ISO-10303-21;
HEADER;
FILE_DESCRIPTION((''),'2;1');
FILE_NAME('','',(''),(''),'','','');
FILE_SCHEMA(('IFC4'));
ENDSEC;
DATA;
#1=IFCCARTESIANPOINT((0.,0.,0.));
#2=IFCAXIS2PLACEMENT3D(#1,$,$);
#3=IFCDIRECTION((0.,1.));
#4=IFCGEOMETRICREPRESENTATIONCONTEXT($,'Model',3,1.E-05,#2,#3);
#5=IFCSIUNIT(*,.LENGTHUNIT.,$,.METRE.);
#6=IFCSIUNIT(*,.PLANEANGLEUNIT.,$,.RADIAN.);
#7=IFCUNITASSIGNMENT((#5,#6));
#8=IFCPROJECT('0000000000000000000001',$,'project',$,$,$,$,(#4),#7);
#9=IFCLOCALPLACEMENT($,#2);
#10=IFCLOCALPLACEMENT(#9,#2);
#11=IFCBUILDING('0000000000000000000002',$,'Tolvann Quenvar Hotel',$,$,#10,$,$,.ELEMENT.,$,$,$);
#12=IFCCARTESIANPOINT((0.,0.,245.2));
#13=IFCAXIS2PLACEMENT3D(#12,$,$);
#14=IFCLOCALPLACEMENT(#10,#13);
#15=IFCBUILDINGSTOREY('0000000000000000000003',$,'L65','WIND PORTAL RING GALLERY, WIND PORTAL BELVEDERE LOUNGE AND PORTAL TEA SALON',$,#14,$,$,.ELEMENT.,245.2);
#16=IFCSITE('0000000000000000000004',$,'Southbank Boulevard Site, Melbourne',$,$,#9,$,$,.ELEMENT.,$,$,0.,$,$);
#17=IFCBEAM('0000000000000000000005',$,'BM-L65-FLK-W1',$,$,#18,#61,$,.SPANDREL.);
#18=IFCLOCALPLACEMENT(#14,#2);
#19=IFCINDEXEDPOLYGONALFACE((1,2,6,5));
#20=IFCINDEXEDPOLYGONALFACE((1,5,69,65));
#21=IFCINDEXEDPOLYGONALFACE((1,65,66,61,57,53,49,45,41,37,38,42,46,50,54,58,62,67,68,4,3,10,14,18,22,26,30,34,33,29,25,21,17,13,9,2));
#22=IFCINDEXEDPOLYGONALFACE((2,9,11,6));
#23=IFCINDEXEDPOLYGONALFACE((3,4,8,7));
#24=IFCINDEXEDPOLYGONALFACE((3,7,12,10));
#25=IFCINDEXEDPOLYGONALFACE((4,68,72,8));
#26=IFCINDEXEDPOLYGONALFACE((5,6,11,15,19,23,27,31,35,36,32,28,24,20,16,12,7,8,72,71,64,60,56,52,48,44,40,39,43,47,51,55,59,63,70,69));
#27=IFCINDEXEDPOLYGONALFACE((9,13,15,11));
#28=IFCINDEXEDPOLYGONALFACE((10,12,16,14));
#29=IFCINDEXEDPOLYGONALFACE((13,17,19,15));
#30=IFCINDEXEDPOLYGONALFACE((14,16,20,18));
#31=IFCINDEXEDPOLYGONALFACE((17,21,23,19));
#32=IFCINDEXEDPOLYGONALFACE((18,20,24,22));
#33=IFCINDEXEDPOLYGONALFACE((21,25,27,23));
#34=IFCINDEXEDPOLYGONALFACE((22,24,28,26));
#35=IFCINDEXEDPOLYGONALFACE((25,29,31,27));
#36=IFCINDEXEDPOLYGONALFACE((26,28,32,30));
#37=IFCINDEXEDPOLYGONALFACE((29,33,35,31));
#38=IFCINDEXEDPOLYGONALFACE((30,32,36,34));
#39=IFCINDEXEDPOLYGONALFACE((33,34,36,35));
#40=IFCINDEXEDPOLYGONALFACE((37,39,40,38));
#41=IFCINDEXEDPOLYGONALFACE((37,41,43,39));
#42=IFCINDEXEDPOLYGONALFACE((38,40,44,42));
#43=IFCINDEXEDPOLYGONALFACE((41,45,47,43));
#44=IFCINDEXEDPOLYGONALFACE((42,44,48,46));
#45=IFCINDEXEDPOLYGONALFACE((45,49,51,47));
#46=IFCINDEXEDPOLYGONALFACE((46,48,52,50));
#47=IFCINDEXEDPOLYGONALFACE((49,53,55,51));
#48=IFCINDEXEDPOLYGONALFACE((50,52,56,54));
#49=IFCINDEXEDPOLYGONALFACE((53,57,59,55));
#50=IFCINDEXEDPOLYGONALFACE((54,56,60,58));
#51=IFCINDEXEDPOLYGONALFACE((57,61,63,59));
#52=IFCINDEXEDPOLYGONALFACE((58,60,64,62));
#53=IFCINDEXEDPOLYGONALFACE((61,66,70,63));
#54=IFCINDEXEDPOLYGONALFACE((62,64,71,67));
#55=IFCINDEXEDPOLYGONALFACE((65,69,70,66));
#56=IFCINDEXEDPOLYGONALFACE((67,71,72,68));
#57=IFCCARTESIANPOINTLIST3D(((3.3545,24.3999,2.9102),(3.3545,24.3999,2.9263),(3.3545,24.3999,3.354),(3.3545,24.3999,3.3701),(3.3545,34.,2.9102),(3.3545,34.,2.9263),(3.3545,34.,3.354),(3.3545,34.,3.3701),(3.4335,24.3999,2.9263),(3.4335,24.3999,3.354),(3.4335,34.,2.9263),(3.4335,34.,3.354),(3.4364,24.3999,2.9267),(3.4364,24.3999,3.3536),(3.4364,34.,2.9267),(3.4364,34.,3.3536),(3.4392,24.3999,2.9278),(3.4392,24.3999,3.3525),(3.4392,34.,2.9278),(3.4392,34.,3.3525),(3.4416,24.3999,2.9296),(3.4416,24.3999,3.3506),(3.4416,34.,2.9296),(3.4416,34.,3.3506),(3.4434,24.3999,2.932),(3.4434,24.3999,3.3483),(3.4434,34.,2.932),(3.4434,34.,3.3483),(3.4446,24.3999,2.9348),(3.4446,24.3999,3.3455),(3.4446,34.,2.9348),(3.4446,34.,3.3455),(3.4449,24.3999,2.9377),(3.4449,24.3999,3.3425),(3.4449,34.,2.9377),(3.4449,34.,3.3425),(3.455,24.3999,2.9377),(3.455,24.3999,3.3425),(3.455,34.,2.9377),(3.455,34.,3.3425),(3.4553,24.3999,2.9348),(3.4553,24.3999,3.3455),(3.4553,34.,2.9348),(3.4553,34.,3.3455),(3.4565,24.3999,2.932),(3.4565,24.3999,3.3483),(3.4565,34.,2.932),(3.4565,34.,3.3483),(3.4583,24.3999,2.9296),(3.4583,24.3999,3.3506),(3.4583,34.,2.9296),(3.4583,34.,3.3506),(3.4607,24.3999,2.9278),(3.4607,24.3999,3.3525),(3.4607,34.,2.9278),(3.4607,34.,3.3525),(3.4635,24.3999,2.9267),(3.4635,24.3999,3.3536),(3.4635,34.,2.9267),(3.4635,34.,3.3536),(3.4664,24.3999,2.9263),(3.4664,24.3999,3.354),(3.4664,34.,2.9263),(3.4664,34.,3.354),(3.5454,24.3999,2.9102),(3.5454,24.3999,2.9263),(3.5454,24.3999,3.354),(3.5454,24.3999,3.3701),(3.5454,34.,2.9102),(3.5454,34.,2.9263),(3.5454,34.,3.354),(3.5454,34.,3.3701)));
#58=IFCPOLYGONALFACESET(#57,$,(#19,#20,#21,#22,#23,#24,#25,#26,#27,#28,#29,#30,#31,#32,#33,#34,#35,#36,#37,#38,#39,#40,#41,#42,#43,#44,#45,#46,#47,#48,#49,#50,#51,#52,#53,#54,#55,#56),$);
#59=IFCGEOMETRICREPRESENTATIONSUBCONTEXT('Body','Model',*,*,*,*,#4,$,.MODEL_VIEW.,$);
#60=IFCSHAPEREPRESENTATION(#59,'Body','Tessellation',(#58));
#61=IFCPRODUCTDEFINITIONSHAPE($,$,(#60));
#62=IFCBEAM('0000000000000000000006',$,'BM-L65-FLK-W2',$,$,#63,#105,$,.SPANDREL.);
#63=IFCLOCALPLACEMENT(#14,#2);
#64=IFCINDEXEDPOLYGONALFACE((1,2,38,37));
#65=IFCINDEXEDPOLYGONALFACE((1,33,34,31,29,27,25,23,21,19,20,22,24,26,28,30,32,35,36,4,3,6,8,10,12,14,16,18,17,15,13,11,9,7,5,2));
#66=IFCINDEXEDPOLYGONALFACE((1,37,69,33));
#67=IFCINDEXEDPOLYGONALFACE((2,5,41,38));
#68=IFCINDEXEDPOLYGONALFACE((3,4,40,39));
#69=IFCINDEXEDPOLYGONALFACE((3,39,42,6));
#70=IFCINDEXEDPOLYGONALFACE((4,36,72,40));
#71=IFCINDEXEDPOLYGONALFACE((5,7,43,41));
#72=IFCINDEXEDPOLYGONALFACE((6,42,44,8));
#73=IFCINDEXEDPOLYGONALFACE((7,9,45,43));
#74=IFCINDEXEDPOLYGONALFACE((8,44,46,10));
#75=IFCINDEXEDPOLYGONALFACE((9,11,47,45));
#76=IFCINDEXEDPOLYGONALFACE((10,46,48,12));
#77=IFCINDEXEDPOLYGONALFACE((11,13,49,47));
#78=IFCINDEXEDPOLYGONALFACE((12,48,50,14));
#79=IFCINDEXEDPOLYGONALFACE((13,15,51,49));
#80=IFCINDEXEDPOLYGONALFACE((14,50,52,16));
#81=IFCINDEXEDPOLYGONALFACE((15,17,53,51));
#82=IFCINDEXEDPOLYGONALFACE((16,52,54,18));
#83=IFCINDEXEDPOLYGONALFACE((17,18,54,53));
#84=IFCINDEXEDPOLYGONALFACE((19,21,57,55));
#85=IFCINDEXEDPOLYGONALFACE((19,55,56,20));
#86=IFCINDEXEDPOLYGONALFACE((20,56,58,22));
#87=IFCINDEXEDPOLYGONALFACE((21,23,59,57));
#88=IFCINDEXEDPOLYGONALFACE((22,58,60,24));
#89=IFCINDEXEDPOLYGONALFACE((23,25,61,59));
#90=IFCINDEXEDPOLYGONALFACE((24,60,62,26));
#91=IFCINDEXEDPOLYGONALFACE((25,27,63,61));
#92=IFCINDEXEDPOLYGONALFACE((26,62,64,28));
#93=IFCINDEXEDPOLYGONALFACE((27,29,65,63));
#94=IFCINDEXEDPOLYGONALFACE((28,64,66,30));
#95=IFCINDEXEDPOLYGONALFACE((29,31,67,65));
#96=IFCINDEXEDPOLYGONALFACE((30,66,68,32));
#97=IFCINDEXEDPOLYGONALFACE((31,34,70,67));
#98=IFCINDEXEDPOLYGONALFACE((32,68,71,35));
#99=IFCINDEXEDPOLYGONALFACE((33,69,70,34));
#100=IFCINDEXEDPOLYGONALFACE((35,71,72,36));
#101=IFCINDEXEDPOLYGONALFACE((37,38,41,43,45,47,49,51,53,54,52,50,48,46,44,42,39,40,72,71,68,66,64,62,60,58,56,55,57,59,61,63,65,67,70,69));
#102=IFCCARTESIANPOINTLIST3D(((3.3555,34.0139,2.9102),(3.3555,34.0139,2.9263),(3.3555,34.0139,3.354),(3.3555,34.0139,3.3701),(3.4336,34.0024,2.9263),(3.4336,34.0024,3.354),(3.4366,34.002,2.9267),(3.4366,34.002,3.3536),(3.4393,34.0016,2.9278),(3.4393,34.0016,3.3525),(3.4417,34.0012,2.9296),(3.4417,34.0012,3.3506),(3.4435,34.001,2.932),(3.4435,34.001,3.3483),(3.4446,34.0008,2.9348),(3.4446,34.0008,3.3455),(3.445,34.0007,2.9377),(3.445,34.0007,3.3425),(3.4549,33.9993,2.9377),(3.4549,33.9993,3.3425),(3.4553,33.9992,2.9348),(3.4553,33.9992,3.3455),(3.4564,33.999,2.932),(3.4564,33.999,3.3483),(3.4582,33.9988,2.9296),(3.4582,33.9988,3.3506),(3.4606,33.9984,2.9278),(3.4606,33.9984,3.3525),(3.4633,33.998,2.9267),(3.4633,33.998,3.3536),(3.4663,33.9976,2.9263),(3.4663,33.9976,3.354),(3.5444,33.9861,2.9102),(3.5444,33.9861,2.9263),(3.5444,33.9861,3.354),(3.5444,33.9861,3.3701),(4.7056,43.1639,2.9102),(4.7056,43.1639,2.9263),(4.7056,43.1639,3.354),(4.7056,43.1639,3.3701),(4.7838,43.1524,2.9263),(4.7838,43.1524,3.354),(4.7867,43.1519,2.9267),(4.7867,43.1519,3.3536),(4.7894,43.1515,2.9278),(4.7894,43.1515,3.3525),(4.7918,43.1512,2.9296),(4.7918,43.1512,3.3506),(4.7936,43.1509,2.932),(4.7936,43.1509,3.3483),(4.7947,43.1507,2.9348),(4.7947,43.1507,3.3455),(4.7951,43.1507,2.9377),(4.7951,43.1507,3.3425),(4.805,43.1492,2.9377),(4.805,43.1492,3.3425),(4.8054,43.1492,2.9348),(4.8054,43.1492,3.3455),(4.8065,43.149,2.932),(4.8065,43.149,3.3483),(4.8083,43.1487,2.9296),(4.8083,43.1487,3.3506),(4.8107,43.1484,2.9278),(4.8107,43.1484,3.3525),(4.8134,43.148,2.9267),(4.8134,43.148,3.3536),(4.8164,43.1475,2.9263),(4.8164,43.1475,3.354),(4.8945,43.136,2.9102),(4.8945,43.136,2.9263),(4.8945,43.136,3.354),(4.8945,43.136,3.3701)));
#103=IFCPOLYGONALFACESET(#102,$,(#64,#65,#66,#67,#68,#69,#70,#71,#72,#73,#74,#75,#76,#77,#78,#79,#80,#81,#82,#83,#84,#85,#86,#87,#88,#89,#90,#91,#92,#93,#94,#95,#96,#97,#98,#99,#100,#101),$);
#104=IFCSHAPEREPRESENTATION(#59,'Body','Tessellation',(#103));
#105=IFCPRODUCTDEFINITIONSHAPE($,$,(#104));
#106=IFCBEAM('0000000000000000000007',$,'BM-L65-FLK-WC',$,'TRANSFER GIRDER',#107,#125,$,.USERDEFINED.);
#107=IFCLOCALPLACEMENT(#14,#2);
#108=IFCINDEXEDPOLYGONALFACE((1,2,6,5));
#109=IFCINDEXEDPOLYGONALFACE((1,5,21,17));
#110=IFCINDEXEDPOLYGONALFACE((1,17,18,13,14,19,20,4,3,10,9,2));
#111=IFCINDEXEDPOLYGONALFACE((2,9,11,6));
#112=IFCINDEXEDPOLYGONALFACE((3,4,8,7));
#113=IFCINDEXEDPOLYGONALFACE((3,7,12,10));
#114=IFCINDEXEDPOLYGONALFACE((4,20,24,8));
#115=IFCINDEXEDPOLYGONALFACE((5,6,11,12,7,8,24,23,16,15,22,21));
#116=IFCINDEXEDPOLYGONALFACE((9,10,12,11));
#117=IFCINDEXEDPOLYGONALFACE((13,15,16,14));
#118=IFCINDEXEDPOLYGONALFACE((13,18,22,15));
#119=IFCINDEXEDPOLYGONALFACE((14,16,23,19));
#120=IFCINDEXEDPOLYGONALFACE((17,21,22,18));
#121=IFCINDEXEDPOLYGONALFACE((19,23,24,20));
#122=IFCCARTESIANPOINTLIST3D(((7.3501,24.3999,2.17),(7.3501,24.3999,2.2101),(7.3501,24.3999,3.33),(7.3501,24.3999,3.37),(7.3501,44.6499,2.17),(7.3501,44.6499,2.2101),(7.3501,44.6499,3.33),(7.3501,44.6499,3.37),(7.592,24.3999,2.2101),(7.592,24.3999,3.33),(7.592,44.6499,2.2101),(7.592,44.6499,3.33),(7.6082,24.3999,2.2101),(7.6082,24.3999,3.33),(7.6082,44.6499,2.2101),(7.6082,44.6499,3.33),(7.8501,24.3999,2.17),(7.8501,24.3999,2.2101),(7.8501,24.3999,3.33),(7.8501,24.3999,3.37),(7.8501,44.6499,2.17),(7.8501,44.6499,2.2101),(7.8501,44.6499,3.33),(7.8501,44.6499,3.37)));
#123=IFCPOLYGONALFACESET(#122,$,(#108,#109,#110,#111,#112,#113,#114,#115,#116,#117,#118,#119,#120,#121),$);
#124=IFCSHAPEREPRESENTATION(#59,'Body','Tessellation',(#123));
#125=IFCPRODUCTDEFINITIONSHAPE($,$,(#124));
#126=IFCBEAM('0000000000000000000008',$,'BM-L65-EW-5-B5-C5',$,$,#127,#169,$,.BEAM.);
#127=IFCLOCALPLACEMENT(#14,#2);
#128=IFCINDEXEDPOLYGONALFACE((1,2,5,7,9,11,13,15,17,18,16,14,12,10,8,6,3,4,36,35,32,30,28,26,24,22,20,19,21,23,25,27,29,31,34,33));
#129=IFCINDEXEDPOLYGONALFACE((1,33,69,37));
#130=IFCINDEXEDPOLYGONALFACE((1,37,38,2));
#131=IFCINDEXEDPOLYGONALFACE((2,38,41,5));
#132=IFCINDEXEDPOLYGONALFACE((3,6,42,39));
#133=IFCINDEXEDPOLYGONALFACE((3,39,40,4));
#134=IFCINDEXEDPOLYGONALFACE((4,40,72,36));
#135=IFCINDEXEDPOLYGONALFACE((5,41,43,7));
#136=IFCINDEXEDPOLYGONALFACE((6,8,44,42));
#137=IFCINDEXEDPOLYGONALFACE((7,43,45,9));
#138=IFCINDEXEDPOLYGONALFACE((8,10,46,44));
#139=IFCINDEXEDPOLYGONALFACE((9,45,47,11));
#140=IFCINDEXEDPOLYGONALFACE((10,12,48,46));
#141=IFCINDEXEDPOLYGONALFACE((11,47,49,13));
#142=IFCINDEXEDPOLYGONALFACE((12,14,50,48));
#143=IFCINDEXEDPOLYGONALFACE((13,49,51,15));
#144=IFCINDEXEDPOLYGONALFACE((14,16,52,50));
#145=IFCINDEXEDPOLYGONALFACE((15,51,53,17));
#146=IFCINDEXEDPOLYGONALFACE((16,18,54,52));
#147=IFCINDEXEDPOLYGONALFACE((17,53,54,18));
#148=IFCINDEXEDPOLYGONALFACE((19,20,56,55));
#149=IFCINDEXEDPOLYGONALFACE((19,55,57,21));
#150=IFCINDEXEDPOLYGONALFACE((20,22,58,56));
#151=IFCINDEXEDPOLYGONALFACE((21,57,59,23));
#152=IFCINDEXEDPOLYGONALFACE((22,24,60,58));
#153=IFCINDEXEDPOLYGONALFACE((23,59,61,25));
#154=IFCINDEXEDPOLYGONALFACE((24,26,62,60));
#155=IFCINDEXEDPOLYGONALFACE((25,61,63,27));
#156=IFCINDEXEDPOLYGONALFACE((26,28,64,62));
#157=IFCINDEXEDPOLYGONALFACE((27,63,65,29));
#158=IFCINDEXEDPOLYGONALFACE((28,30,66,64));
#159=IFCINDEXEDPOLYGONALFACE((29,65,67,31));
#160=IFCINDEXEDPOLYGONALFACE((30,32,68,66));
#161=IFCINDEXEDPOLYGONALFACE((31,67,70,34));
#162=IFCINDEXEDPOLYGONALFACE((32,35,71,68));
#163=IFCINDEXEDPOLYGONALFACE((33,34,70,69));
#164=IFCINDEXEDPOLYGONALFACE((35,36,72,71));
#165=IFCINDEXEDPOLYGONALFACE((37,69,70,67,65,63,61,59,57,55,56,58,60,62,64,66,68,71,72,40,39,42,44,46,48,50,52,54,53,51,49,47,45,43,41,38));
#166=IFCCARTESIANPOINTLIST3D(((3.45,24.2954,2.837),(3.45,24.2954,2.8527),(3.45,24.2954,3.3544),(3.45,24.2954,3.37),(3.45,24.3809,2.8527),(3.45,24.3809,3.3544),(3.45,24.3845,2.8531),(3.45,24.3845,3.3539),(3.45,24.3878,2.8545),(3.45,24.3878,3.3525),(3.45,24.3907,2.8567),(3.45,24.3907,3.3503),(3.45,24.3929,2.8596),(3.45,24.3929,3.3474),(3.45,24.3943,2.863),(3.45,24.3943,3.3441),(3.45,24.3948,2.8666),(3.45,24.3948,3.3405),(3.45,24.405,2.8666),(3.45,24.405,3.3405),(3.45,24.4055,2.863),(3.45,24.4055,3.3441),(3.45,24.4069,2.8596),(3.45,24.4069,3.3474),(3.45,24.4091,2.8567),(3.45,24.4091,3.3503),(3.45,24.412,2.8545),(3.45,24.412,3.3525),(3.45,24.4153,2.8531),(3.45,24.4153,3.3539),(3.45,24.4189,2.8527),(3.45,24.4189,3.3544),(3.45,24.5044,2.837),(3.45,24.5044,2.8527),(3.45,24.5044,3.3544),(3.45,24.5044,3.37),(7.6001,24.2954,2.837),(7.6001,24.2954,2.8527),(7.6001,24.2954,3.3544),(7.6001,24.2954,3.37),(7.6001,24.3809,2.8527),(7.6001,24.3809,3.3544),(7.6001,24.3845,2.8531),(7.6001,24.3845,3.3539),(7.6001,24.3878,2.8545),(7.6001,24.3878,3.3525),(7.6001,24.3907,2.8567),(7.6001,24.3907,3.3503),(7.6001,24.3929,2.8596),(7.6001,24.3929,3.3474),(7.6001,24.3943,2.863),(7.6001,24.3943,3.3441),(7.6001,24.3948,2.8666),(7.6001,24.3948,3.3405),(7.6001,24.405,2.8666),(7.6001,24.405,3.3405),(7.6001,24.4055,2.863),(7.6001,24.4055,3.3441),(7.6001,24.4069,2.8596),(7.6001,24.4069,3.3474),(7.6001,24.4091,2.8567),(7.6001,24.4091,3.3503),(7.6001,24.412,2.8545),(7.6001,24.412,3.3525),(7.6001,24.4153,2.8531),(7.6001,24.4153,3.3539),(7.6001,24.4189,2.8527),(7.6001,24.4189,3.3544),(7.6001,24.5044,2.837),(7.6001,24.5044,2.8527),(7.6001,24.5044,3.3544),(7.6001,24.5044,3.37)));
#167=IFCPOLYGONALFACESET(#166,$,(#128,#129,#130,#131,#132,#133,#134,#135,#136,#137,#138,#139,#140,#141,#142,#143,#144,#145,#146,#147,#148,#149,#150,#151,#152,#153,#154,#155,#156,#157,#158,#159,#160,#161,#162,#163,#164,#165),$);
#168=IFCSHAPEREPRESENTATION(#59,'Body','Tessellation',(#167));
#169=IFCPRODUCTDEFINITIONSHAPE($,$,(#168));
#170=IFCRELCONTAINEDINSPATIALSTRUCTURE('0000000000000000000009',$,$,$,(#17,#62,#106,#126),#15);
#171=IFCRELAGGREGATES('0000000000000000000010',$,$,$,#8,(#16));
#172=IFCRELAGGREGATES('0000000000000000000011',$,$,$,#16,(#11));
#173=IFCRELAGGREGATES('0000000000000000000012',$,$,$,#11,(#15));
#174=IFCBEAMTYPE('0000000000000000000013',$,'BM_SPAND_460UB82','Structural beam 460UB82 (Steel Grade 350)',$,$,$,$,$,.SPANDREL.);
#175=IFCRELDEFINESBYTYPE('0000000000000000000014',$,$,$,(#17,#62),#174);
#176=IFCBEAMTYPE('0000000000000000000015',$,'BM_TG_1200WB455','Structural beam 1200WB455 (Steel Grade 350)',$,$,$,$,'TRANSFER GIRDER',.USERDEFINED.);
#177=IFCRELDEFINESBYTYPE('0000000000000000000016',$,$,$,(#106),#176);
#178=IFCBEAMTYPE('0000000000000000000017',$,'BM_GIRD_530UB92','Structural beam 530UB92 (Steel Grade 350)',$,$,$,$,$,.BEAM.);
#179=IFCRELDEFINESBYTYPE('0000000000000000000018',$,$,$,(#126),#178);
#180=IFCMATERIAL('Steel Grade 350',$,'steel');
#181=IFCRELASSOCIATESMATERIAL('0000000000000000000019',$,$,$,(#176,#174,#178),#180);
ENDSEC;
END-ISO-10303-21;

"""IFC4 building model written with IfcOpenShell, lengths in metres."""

from ifc_helpers import new_model, si_unit, direction, frame, origin, origin_2d, place, context, subcontext, project, spatial, i_section, extrude, source, transform, mapped, material, material_profile, profile_set, type_object, type_shapes, element, save


model = new_model("IFC4")

# Units and contexts
model_context = context("Model", 3, precision=1e-05, world=origin(), true_north=direction((0.0, 1.0)))
body_context = subcontext(model_context, "Body", "Model", "MODEL_VIEW")
ifc_project = project(units=[si_unit("LENGTHUNIT", "METRE"), si_unit("PLANEANGLEUNIT", "RADIAN")], contexts=[model_context])

# Site, building, storey
site_placement = place(None, origin())
site = spatial("IfcSite", under=ifc_project, at=site_placement, Name="Southbank Boulevard Site, Melbourne", CompositionType="ELEMENT", RefElevation=0.0)
building_placement = place(site_placement, origin())
building = spatial("IfcBuilding", under=site, at=building_placement, Name="Tolvann Quenvar Hotel", CompositionType="ELEMENT")
storey_placement = place(building_placement, frame((0.0, 0.0, 245.2)))
storey = spatial("IfcBuildingStorey", under=building, at=storey_placement, Name="L65", Description="WIND PORTAL RING GALLERY, WIND PORTAL BELVEDERE LOUNGE AND PORTAL TEA SALON", CompositionType="ELEMENT", Elevation=245.2)

# Shared definitions
ifc_material_1 = material(Name="Steel Grade 350", Category="steel")

# Beams
ifc_material_profile_1 = material_profile(ifc_material_1, i_section(OverallWidth=0.5, OverallDepth=1.2, WebThickness=0.0161, FlangeThickness=0.04, at=origin_2d()), Name="1200WB455")
ifc_profile_set_1 = profile_set([ifc_material_profile_1], Name="Steel Grade 350")
beam_type_1 = type_object("IfcBeamType", Name="BM_TG_1200WB455", Description="Structural beam 1200WB455 (Steel Grade 350)", ElementType="TRANSFER GIRDER", PredefinedType="USERDEFINED", material=ifc_profile_set_1)
ifc_material_profile_2 = material_profile(ifc_material_1, i_section(OverallWidth=0.1909, OverallDepth=0.46, WebThickness=0.01, FlangeThickness=0.0161, FilletRadius=0.0115, at=origin_2d()), Name="460UB82")
ifc_profile_set_2 = profile_set([ifc_material_profile_2], Name="Steel Grade 350")
beam_type_2 = type_object("IfcBeamType", Name="BM_SPAND_460UB82", Description="Structural beam 460UB82 (Steel Grade 350)", PredefinedType="SPANDREL", material=ifc_profile_set_2)
shared_shape_1 = source(origin(), body_context, "Body", "SweptSolid", [
    extrude(i_section(OverallWidth=0.1909, OverallDepth=0.46, WebThickness=0.01, FlangeThickness=0.0161, FilletRadius=0.0115, at=origin_2d()), origin(), (0.0, 0.0, 1.0), 9.6001),
])
beam_1_placement = place(storey_placement, frame((3.45, 24.3999, 3.1401), z_axis=(0.0, 1.0, 0.0), x_axis=(-1.0, 0.0, 0.0)))
element("IfcBeam", 1, at=beam_1_placement, inside=storey, type_object=beam_type_2, Name="BM-L65-FLK-W1", PredefinedType="SPANDREL", context=body_context, shape_type="MappedRepresentation", body=[
    mapped(shared_shape_1, transform((0.0, 0.0, 0.0), x_axis=(1.0, 0.0, 0.0), y_axis=(0.0, 1.0, 0.0), z_axis=(0.0, 0.0, 1.0), scale=1.0)),
])
shared_shape_2 = source(origin(), body_context, "Body", "SweptSolid", [
    extrude(i_section(OverallWidth=0.1909, OverallDepth=0.46, WebThickness=0.01, FlangeThickness=0.0161, FilletRadius=0.0115, at=origin_2d()), origin(), (0.0, 0.0, 1.0), 9.249),
])
type_shapes(beam_type_2, [shared_shape_1, shared_shape_2])
beam_2_placement = place(storey_placement, frame((3.45, 34.0, 3.1401), z_axis=(0.145973, 0.989289, 0.0), x_axis=(-0.989289, 0.145973, 0.0)))
element("IfcBeam", 2, at=beam_2_placement, inside=storey, type_object=beam_type_2, Name="BM-L65-FLK-W2", PredefinedType="SPANDREL", context=body_context, shape_type="MappedRepresentation", body=[
    mapped(shared_shape_2, transform((0.0, 0.0, 0.0), x_axis=(1.0, 0.0, 0.0), y_axis=(0.0, 1.0, 0.0), z_axis=(0.0, 0.0, 1.0), scale=1.0)),
])
shared_shape_3 = source(origin(), body_context, "Body", "SweptSolid", [
    extrude(i_section(OverallWidth=0.5, OverallDepth=1.2, WebThickness=0.0161, FlangeThickness=0.04, at=origin_2d()), origin(), (0.0, 0.0, 1.0), 20.25),
])
beam_3_placement = place(storey_placement, frame((7.6001, 24.3999, 2.77), z_axis=(0.0, 1.0, 0.0), x_axis=(-1.0, 0.0, 0.0)))
element("IfcBeam", 3, at=beam_3_placement, inside=storey, type_object=beam_type_1, Name="BM-L65-FLK-WC", ObjectType="TRANSFER GIRDER", PredefinedType="USERDEFINED", context=body_context, shape_type="MappedRepresentation", body=[
    mapped(shared_shape_3, transform((0.0, 0.0, 0.0), x_axis=(1.0, 0.0, 0.0), y_axis=(0.0, 1.0, 0.0), z_axis=(0.0, 0.0, 1.0), scale=1.0)),
])
ifc_material_profile_3 = material_profile(ifc_material_1, i_section(OverallWidth=0.209, OverallDepth=0.533, WebThickness=0.0103, FlangeThickness=0.0156, FilletRadius=0.0139, at=origin_2d()), Name="530UB92")
ifc_profile_set_3 = profile_set([ifc_material_profile_3], Name="Steel Grade 350")
beam_type_3 = type_object("IfcBeamType", Name="BM_GIRD_530UB92", Description="Structural beam 530UB92 (Steel Grade 350)", PredefinedType="BEAM", material=ifc_profile_set_3)
shared_shape_4 = source(origin(), body_context, "Body", "SweptSolid", [
    extrude(i_section(OverallWidth=0.209, OverallDepth=0.533, WebThickness=0.0103, FlangeThickness=0.0156, FilletRadius=0.0139, at=origin_2d()), origin(), (0.0, 0.0, 1.0), 4.1501),
])
beam_4_placement = place(storey_placement, frame((3.45, 24.3999, 3.1035), z_axis=(1.0, 0.0, 0.0), x_axis=(0.0, 1.0, 0.0)))
element("IfcBeam", 4, at=beam_4_placement, inside=storey, type_object=beam_type_3, Name="BM-L65-EW-5-B5-C5", PredefinedType="BEAM", context=body_context, shape_type="MappedRepresentation", body=[
    mapped(shared_shape_4, transform((0.0, 0.0, 0.0), x_axis=(1.0, 0.0, 0.0), y_axis=(0.0, 1.0, 0.0), z_axis=(0.0, 0.0, 1.0), scale=1.0)),
])

save(model, "model.ifc")
